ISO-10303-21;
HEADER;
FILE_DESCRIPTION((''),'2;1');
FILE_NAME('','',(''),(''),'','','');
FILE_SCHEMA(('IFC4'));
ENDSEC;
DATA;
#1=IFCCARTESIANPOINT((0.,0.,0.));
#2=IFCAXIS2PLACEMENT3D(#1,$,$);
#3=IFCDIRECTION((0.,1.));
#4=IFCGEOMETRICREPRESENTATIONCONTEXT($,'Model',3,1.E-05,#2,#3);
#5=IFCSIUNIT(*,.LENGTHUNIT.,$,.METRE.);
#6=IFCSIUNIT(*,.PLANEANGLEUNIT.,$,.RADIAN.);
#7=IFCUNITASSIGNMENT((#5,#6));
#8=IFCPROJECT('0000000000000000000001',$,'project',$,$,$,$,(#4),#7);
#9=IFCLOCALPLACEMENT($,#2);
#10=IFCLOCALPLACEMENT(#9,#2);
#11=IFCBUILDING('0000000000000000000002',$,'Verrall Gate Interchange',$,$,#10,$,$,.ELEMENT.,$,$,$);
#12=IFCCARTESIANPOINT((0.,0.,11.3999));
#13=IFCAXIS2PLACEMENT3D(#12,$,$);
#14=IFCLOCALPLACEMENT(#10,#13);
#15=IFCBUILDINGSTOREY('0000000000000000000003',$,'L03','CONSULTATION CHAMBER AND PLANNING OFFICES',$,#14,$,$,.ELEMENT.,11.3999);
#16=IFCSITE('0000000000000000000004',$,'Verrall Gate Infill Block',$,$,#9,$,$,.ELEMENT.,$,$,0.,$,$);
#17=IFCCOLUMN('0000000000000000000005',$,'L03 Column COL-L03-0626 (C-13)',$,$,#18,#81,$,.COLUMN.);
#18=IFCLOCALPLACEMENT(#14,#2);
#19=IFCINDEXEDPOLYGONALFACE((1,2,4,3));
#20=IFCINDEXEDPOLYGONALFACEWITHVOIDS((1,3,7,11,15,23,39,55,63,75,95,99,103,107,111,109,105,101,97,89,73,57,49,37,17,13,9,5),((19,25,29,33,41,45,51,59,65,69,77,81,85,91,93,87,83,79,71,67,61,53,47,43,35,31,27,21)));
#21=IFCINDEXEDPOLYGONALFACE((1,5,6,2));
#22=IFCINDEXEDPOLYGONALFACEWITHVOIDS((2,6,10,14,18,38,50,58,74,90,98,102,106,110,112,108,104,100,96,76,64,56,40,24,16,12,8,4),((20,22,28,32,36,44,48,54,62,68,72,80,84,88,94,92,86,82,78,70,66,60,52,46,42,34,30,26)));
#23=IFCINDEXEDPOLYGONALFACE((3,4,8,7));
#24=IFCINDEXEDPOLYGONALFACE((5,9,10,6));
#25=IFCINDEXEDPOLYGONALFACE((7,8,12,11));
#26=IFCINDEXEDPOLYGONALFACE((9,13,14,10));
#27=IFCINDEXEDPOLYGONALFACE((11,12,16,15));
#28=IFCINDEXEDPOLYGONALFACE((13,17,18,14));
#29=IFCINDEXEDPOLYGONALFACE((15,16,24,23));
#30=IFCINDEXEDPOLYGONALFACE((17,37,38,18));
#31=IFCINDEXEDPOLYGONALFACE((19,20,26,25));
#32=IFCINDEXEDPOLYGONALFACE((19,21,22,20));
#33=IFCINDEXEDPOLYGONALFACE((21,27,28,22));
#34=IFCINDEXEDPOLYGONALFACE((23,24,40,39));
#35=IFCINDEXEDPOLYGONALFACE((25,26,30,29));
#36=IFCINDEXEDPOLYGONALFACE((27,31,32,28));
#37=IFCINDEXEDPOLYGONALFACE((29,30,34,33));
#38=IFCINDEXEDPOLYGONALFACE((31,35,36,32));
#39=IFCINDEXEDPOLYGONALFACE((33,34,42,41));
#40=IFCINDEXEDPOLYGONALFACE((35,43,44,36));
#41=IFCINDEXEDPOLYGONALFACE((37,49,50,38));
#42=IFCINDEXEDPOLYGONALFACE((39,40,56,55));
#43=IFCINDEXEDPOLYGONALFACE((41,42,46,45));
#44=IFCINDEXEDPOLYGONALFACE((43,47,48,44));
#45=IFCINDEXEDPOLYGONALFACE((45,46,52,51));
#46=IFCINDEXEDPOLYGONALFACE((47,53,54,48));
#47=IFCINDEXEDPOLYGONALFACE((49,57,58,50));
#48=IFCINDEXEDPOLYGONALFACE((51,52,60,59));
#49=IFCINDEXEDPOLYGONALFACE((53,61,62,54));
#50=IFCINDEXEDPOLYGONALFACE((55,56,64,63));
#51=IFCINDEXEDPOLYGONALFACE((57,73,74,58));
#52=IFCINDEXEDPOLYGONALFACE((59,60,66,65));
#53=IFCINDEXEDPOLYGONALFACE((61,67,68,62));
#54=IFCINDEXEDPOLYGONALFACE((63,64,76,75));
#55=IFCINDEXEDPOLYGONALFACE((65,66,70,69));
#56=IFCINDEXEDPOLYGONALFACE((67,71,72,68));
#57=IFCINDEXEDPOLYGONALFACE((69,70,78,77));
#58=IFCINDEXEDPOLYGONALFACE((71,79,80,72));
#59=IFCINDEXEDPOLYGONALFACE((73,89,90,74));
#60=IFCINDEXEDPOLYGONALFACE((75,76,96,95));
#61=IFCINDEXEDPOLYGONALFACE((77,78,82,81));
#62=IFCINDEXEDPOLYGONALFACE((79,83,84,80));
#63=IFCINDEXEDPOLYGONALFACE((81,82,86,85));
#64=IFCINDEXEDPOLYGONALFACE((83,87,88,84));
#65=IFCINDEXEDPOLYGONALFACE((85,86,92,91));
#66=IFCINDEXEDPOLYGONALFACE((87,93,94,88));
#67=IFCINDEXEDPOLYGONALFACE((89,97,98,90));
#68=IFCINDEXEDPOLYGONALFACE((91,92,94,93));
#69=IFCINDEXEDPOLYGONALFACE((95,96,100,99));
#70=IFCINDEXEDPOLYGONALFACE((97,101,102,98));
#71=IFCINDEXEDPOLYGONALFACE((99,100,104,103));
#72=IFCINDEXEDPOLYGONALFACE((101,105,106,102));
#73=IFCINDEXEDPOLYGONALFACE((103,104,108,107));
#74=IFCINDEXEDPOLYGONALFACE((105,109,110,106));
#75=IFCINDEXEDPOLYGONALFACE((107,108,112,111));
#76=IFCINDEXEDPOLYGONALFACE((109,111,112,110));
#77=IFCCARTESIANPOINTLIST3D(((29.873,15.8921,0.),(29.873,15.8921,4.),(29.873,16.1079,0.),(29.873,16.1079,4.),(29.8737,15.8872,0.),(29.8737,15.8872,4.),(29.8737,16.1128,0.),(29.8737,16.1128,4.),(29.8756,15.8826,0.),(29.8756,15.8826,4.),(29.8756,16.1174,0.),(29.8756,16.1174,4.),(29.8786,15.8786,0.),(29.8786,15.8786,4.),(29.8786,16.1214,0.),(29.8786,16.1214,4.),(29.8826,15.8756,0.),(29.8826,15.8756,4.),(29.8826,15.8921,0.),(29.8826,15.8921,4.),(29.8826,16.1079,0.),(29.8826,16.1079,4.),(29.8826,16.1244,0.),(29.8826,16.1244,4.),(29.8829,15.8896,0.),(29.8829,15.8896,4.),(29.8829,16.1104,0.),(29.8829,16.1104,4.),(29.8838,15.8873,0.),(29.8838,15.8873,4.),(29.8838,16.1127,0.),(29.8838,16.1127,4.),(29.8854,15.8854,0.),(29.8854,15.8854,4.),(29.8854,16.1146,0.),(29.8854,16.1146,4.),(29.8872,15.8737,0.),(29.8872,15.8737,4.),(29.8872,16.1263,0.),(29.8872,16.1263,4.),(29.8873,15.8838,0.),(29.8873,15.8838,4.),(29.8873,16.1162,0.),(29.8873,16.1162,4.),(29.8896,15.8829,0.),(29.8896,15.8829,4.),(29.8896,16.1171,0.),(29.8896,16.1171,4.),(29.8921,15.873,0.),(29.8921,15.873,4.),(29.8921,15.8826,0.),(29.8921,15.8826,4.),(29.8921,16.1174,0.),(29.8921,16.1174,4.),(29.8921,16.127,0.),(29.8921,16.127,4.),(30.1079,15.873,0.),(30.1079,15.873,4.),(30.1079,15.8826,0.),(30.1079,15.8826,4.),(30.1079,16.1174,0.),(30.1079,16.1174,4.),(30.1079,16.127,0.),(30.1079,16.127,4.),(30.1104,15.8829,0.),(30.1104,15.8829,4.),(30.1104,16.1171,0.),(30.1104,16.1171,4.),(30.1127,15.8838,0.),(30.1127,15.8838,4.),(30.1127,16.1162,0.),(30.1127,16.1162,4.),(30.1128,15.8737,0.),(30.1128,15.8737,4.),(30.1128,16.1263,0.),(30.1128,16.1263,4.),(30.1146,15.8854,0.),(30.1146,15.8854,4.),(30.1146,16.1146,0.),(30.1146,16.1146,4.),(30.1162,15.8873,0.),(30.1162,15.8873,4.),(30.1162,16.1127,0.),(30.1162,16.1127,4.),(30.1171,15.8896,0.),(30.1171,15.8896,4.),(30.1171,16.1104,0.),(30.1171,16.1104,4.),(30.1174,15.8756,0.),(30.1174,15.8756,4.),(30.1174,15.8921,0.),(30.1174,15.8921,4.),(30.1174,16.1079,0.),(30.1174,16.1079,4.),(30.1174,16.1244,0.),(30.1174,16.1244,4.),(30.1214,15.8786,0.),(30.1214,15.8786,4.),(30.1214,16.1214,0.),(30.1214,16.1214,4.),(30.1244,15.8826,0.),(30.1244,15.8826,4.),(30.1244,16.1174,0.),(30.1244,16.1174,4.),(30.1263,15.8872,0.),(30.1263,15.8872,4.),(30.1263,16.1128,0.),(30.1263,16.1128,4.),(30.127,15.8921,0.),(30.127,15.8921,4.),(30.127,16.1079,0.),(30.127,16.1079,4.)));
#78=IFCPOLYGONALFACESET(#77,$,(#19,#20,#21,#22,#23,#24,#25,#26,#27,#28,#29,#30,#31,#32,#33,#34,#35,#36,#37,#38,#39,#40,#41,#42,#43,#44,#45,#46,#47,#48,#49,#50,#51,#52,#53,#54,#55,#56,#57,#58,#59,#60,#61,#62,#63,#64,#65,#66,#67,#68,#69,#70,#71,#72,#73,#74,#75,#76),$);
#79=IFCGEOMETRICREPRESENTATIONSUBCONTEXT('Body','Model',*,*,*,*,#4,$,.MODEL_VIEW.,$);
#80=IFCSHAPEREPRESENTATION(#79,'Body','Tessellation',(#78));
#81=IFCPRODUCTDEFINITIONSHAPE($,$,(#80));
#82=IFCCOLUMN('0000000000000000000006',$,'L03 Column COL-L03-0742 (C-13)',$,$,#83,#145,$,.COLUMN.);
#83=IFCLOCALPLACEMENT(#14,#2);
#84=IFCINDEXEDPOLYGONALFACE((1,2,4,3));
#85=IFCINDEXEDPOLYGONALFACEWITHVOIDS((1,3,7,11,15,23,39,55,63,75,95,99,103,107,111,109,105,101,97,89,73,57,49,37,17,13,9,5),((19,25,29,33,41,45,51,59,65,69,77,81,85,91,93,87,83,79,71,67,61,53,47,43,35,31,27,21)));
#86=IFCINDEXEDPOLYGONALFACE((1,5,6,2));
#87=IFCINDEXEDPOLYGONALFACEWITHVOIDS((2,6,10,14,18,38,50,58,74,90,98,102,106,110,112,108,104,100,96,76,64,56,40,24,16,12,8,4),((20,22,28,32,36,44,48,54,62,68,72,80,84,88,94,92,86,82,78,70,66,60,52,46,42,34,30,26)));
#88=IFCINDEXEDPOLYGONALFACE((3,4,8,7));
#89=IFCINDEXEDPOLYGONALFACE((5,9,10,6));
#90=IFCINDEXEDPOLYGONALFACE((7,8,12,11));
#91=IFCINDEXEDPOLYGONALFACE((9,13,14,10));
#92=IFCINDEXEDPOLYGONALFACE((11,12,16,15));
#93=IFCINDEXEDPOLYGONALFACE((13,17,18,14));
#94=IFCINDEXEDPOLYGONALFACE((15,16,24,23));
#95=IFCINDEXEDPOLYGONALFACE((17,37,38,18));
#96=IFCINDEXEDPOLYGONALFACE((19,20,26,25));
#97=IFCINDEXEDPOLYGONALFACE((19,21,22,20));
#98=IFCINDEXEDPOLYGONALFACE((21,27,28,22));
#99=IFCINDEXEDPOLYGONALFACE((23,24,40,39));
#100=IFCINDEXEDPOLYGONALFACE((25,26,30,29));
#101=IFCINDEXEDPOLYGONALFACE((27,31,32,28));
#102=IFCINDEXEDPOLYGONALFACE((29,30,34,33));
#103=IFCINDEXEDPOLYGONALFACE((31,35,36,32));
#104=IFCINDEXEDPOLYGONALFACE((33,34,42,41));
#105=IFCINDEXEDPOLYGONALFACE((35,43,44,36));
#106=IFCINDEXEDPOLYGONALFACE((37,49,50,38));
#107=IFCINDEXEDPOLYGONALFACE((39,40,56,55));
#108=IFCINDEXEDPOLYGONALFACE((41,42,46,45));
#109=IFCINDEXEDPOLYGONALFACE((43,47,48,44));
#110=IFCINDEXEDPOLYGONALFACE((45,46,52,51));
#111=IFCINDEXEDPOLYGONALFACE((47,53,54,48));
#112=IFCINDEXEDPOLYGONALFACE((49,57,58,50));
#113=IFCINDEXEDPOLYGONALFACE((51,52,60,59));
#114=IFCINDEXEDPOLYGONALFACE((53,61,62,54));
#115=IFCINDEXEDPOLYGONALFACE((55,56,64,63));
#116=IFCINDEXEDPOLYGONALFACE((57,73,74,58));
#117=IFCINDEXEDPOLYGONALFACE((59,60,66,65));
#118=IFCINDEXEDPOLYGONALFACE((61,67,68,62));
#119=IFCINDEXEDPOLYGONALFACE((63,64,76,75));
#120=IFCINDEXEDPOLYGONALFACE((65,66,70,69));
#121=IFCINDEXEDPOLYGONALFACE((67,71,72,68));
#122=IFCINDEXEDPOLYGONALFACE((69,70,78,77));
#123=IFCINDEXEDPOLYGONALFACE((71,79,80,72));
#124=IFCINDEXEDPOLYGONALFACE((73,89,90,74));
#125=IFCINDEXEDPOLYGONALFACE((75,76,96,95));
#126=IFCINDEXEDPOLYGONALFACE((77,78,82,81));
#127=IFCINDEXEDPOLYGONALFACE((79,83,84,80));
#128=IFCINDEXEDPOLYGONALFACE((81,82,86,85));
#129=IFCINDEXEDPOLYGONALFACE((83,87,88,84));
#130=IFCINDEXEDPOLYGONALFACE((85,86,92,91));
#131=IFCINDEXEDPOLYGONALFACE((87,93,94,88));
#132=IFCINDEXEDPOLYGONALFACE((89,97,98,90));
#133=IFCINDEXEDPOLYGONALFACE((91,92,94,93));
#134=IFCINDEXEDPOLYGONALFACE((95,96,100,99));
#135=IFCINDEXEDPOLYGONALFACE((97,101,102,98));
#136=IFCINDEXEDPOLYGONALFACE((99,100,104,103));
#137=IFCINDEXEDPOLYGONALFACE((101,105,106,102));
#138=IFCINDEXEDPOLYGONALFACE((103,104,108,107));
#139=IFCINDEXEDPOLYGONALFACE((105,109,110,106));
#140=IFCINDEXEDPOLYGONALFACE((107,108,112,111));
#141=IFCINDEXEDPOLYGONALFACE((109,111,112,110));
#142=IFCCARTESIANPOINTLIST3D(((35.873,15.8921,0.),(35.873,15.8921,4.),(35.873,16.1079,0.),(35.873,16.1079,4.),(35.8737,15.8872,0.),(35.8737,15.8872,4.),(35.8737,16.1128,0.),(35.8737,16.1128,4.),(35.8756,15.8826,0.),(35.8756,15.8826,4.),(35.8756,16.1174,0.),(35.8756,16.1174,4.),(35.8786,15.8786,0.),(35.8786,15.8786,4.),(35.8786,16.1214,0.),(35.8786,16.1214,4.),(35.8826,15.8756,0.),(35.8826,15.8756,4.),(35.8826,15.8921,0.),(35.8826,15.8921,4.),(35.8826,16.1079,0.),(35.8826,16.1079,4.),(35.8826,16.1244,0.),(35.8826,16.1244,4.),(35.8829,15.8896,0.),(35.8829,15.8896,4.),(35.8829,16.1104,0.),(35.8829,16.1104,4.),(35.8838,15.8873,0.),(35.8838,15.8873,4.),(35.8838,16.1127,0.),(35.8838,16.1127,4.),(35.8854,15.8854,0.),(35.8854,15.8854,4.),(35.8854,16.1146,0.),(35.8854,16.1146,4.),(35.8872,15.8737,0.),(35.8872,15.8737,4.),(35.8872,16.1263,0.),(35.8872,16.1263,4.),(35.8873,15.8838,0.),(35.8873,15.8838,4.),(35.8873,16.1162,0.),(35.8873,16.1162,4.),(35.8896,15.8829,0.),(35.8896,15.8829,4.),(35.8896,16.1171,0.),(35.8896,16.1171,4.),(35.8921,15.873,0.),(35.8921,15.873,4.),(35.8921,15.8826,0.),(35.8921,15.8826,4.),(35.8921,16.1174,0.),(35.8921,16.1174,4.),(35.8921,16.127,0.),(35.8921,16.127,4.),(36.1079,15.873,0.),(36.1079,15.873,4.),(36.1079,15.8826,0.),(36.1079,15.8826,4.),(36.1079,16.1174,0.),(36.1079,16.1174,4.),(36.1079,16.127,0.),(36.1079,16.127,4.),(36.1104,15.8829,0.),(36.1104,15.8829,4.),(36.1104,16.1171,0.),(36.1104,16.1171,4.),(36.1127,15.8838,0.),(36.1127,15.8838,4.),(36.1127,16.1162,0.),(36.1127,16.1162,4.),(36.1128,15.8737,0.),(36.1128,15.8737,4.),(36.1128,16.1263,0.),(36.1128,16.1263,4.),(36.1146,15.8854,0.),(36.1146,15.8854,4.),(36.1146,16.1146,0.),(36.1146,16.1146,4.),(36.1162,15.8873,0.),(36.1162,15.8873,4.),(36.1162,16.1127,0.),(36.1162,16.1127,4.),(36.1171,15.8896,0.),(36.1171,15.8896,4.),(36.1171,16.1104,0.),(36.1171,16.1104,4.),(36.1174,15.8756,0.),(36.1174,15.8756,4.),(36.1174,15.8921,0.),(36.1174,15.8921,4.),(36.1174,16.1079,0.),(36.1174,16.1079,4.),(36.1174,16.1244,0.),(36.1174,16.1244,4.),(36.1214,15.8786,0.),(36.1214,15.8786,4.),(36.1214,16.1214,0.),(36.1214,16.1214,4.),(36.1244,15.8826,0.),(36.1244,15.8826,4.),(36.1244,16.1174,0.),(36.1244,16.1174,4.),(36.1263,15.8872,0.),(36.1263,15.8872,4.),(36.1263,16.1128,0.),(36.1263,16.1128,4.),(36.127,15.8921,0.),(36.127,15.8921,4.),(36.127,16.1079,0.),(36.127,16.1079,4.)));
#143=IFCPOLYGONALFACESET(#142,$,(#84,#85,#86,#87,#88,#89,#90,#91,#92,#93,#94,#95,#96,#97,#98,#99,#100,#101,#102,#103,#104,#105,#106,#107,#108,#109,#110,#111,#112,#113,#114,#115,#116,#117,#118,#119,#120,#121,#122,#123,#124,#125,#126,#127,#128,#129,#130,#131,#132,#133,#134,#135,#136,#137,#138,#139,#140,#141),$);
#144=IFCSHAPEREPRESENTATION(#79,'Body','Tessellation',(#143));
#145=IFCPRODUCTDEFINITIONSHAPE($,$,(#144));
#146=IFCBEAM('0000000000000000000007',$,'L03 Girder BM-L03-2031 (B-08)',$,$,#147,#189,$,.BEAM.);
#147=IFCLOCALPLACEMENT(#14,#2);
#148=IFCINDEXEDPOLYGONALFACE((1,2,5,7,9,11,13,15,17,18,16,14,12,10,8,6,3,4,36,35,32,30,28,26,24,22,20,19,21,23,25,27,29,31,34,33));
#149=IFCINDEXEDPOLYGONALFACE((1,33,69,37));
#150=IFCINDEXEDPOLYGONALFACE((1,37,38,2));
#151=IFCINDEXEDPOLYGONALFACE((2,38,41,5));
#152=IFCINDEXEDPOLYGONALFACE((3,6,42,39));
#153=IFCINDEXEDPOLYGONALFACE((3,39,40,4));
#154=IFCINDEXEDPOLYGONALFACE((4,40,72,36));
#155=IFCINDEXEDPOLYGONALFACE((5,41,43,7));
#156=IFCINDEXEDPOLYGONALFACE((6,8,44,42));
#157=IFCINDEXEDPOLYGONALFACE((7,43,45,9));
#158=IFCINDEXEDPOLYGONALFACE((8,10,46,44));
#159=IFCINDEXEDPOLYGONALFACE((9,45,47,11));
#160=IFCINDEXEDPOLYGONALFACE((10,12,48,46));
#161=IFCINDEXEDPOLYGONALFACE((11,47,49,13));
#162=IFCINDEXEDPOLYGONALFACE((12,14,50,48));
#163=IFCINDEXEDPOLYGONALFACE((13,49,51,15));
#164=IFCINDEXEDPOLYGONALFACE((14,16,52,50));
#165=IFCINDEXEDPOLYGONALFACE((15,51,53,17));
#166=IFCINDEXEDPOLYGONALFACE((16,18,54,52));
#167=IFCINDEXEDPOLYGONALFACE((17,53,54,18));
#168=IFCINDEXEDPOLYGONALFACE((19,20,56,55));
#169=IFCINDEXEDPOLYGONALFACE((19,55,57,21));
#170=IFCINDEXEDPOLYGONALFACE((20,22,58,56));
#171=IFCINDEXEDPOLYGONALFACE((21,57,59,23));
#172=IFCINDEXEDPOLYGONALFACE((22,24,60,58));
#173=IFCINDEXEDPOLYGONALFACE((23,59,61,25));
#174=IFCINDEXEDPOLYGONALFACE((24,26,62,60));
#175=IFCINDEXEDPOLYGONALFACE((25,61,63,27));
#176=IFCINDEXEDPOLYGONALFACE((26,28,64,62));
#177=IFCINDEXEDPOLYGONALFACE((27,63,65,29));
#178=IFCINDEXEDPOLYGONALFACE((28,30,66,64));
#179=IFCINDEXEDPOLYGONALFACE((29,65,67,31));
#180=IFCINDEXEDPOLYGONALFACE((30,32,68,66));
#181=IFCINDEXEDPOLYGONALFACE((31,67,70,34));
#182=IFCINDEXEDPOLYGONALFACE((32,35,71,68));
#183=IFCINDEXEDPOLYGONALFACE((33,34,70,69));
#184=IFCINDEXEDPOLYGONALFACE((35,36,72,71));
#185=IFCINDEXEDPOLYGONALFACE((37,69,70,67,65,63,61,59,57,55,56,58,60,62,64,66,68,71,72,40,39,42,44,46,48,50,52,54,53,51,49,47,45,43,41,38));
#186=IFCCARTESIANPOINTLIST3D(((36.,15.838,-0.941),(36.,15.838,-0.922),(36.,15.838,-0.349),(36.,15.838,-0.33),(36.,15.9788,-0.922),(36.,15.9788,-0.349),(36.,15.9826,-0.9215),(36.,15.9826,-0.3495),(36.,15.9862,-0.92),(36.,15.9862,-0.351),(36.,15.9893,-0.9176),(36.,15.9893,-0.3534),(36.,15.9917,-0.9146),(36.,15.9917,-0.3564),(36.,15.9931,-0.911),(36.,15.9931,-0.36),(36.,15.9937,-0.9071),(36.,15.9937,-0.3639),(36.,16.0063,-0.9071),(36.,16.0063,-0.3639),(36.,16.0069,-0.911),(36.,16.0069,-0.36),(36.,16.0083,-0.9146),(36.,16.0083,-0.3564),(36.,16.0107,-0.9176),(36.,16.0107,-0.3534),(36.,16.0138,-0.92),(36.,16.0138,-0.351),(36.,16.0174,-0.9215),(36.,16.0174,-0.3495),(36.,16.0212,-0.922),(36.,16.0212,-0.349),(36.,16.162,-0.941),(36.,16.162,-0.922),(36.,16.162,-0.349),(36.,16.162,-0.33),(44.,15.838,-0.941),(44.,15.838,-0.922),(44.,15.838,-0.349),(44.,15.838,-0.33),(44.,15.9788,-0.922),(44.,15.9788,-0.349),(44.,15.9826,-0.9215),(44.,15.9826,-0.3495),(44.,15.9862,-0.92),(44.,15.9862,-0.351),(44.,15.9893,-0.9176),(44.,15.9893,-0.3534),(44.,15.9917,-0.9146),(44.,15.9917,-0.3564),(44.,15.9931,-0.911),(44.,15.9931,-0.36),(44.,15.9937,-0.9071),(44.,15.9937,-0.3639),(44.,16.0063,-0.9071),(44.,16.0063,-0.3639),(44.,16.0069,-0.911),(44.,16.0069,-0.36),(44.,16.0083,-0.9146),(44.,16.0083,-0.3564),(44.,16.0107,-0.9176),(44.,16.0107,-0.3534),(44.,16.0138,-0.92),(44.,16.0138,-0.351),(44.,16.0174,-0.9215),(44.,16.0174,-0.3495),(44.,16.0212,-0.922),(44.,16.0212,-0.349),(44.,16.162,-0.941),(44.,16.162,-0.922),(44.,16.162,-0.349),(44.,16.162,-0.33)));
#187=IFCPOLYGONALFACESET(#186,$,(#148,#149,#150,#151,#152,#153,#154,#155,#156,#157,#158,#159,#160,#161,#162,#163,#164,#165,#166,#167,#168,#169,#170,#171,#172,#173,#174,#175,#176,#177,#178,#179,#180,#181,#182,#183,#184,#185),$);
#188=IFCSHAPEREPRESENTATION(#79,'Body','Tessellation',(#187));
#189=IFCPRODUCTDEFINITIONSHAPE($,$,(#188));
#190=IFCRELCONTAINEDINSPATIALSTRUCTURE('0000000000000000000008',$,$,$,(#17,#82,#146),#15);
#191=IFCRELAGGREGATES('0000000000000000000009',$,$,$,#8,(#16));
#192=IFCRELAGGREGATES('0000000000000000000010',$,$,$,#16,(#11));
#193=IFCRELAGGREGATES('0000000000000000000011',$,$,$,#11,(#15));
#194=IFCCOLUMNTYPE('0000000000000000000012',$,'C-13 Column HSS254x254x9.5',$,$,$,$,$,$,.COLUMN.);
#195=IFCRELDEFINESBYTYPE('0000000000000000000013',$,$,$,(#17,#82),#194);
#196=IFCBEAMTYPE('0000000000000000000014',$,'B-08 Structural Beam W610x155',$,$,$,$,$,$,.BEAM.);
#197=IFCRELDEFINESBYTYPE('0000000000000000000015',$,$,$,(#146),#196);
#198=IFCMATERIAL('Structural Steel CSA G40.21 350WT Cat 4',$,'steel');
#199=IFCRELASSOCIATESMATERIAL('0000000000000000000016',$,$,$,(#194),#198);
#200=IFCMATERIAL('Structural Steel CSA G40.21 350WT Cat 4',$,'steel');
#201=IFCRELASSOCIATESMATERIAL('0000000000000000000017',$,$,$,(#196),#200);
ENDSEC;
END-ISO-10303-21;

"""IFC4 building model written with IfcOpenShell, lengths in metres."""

from ifc_helpers import new_model, si_unit, direction, frame, origin, origin_2d, place, context, subcontext, project, spatial, hollow_rectangle, i_section, extrude, material, material_profile, profile_set, type_object, element, save


model = new_model("IFC4")

# Units and contexts
model_context = context("Model", 3, precision=1e-05, world=origin(), true_north=direction((0.0, 1.0)))
body_context = subcontext(model_context, "Body", "Model", "MODEL_VIEW")
ifc_project = project(units=[si_unit("LENGTHUNIT", "METRE"), si_unit("PLANEANGLEUNIT", "RADIAN")], contexts=[model_context])

# Site, building, storey
site_placement = place(None, origin())
site = spatial("IfcSite", under=ifc_project, at=site_placement, Name="Verrall Gate Infill Block", CompositionType="ELEMENT", RefElevation=0.0)
building_placement = place(site_placement, origin())
building = spatial("IfcBuilding", under=site, at=building_placement, Name="Verrall Gate Interchange", CompositionType="ELEMENT")
storey_placement = place(building_placement, frame((0.0, 0.0, 11.3999)))
storey = spatial("IfcBuildingStorey", under=building, at=storey_placement, Name="L03", Description="CONSULTATION CHAMBER AND PLANNING OFFICES", CompositionType="ELEMENT", Elevation=11.3999)

# Columns
ifc_material_1 = material(Name="Structural Steel CSA G40.21 350WT Cat 4", Category="steel")
ifc_material_profile_1 = material_profile(ifc_material_1, hollow_rectangle(XDim=0.2539, YDim=0.2539, WallThickness=0.0095, InnerFilletRadius=0.0095, OuterFilletRadius=0.019, at=origin_2d()), Name="HSS254x254x9.5")
ifc_profile_set_1 = profile_set([ifc_material_profile_1], Name="Structural Steel CSA G40.21 350WT Cat 4")
column_type = type_object("IfcColumnType", Name="C-13 Column HSS254x254x9.5", PredefinedType="COLUMN", material=ifc_profile_set_1)
for number, where, z_axis, x_axis, name in (
    (1, (30.0, 16.0, 0.0), (0.0, 0.0, 1.0), (1.0, 0.0, 0.0), "L03 Column COL-L03-0626 (C-13)"),
    (2, (36.0, 16.0, 0.0), (0.0, 0.0, 1.0), (1.0, 0.0, 0.0), "L03 Column COL-L03-0742 (C-13)"),
):
    element("IfcColumn", number, at=place(storey_placement, frame(where, z_axis=z_axis, x_axis=x_axis)), inside=storey, type_object=column_type, Name=name, PredefinedType="COLUMN", context=body_context, shape_type="SweptSolid", body=[
        extrude(hollow_rectangle(XDim=0.2539, YDim=0.2539, WallThickness=0.0095, InnerFilletRadius=0.0095, OuterFilletRadius=0.019, at=origin_2d()), origin(), (0.0, 0.0, 1.0), 4.0),
    ])

# Beam
ifc_material_2 = material(Name="Structural Steel CSA G40.21 350WT Cat 4", Category="steel")
ifc_material_profile_2 = material_profile(ifc_material_2, i_section(OverallWidth=0.324, OverallDepth=0.6111, WebThickness=0.0127, FlangeThickness=0.019, FilletRadius=0.0149, at=origin_2d()), Name="W610x155")
ifc_profile_set_2 = profile_set([ifc_material_profile_2], Name="Structural Steel CSA G40.21 350WT Cat 4")
beam_type_1 = type_object("IfcBeamType", Name="B-08 Structural Beam W610x155", PredefinedType="BEAM", material=ifc_profile_set_2)
beam_1_placement = place(storey_placement, frame((36.0, 16.0, -0.6355), z_axis=(1.0, 0.0, 0.0), x_axis=(0.0, 1.0, 0.0)))
element("IfcBeam", 3, at=beam_1_placement, inside=storey, type_object=beam_type_1, Name="L03 Girder BM-L03-2031 (B-08)", PredefinedType="BEAM", context=body_context, shape_type="SweptSolid", body=[
    extrude(i_section(OverallWidth=0.324, OverallDepth=0.6111, WebThickness=0.0127, FlangeThickness=0.019, FilletRadius=0.0149, at=origin_2d()), origin(), (0.0, 0.0, 1.0), 8.0),
])

save(model, "model.ifc")
